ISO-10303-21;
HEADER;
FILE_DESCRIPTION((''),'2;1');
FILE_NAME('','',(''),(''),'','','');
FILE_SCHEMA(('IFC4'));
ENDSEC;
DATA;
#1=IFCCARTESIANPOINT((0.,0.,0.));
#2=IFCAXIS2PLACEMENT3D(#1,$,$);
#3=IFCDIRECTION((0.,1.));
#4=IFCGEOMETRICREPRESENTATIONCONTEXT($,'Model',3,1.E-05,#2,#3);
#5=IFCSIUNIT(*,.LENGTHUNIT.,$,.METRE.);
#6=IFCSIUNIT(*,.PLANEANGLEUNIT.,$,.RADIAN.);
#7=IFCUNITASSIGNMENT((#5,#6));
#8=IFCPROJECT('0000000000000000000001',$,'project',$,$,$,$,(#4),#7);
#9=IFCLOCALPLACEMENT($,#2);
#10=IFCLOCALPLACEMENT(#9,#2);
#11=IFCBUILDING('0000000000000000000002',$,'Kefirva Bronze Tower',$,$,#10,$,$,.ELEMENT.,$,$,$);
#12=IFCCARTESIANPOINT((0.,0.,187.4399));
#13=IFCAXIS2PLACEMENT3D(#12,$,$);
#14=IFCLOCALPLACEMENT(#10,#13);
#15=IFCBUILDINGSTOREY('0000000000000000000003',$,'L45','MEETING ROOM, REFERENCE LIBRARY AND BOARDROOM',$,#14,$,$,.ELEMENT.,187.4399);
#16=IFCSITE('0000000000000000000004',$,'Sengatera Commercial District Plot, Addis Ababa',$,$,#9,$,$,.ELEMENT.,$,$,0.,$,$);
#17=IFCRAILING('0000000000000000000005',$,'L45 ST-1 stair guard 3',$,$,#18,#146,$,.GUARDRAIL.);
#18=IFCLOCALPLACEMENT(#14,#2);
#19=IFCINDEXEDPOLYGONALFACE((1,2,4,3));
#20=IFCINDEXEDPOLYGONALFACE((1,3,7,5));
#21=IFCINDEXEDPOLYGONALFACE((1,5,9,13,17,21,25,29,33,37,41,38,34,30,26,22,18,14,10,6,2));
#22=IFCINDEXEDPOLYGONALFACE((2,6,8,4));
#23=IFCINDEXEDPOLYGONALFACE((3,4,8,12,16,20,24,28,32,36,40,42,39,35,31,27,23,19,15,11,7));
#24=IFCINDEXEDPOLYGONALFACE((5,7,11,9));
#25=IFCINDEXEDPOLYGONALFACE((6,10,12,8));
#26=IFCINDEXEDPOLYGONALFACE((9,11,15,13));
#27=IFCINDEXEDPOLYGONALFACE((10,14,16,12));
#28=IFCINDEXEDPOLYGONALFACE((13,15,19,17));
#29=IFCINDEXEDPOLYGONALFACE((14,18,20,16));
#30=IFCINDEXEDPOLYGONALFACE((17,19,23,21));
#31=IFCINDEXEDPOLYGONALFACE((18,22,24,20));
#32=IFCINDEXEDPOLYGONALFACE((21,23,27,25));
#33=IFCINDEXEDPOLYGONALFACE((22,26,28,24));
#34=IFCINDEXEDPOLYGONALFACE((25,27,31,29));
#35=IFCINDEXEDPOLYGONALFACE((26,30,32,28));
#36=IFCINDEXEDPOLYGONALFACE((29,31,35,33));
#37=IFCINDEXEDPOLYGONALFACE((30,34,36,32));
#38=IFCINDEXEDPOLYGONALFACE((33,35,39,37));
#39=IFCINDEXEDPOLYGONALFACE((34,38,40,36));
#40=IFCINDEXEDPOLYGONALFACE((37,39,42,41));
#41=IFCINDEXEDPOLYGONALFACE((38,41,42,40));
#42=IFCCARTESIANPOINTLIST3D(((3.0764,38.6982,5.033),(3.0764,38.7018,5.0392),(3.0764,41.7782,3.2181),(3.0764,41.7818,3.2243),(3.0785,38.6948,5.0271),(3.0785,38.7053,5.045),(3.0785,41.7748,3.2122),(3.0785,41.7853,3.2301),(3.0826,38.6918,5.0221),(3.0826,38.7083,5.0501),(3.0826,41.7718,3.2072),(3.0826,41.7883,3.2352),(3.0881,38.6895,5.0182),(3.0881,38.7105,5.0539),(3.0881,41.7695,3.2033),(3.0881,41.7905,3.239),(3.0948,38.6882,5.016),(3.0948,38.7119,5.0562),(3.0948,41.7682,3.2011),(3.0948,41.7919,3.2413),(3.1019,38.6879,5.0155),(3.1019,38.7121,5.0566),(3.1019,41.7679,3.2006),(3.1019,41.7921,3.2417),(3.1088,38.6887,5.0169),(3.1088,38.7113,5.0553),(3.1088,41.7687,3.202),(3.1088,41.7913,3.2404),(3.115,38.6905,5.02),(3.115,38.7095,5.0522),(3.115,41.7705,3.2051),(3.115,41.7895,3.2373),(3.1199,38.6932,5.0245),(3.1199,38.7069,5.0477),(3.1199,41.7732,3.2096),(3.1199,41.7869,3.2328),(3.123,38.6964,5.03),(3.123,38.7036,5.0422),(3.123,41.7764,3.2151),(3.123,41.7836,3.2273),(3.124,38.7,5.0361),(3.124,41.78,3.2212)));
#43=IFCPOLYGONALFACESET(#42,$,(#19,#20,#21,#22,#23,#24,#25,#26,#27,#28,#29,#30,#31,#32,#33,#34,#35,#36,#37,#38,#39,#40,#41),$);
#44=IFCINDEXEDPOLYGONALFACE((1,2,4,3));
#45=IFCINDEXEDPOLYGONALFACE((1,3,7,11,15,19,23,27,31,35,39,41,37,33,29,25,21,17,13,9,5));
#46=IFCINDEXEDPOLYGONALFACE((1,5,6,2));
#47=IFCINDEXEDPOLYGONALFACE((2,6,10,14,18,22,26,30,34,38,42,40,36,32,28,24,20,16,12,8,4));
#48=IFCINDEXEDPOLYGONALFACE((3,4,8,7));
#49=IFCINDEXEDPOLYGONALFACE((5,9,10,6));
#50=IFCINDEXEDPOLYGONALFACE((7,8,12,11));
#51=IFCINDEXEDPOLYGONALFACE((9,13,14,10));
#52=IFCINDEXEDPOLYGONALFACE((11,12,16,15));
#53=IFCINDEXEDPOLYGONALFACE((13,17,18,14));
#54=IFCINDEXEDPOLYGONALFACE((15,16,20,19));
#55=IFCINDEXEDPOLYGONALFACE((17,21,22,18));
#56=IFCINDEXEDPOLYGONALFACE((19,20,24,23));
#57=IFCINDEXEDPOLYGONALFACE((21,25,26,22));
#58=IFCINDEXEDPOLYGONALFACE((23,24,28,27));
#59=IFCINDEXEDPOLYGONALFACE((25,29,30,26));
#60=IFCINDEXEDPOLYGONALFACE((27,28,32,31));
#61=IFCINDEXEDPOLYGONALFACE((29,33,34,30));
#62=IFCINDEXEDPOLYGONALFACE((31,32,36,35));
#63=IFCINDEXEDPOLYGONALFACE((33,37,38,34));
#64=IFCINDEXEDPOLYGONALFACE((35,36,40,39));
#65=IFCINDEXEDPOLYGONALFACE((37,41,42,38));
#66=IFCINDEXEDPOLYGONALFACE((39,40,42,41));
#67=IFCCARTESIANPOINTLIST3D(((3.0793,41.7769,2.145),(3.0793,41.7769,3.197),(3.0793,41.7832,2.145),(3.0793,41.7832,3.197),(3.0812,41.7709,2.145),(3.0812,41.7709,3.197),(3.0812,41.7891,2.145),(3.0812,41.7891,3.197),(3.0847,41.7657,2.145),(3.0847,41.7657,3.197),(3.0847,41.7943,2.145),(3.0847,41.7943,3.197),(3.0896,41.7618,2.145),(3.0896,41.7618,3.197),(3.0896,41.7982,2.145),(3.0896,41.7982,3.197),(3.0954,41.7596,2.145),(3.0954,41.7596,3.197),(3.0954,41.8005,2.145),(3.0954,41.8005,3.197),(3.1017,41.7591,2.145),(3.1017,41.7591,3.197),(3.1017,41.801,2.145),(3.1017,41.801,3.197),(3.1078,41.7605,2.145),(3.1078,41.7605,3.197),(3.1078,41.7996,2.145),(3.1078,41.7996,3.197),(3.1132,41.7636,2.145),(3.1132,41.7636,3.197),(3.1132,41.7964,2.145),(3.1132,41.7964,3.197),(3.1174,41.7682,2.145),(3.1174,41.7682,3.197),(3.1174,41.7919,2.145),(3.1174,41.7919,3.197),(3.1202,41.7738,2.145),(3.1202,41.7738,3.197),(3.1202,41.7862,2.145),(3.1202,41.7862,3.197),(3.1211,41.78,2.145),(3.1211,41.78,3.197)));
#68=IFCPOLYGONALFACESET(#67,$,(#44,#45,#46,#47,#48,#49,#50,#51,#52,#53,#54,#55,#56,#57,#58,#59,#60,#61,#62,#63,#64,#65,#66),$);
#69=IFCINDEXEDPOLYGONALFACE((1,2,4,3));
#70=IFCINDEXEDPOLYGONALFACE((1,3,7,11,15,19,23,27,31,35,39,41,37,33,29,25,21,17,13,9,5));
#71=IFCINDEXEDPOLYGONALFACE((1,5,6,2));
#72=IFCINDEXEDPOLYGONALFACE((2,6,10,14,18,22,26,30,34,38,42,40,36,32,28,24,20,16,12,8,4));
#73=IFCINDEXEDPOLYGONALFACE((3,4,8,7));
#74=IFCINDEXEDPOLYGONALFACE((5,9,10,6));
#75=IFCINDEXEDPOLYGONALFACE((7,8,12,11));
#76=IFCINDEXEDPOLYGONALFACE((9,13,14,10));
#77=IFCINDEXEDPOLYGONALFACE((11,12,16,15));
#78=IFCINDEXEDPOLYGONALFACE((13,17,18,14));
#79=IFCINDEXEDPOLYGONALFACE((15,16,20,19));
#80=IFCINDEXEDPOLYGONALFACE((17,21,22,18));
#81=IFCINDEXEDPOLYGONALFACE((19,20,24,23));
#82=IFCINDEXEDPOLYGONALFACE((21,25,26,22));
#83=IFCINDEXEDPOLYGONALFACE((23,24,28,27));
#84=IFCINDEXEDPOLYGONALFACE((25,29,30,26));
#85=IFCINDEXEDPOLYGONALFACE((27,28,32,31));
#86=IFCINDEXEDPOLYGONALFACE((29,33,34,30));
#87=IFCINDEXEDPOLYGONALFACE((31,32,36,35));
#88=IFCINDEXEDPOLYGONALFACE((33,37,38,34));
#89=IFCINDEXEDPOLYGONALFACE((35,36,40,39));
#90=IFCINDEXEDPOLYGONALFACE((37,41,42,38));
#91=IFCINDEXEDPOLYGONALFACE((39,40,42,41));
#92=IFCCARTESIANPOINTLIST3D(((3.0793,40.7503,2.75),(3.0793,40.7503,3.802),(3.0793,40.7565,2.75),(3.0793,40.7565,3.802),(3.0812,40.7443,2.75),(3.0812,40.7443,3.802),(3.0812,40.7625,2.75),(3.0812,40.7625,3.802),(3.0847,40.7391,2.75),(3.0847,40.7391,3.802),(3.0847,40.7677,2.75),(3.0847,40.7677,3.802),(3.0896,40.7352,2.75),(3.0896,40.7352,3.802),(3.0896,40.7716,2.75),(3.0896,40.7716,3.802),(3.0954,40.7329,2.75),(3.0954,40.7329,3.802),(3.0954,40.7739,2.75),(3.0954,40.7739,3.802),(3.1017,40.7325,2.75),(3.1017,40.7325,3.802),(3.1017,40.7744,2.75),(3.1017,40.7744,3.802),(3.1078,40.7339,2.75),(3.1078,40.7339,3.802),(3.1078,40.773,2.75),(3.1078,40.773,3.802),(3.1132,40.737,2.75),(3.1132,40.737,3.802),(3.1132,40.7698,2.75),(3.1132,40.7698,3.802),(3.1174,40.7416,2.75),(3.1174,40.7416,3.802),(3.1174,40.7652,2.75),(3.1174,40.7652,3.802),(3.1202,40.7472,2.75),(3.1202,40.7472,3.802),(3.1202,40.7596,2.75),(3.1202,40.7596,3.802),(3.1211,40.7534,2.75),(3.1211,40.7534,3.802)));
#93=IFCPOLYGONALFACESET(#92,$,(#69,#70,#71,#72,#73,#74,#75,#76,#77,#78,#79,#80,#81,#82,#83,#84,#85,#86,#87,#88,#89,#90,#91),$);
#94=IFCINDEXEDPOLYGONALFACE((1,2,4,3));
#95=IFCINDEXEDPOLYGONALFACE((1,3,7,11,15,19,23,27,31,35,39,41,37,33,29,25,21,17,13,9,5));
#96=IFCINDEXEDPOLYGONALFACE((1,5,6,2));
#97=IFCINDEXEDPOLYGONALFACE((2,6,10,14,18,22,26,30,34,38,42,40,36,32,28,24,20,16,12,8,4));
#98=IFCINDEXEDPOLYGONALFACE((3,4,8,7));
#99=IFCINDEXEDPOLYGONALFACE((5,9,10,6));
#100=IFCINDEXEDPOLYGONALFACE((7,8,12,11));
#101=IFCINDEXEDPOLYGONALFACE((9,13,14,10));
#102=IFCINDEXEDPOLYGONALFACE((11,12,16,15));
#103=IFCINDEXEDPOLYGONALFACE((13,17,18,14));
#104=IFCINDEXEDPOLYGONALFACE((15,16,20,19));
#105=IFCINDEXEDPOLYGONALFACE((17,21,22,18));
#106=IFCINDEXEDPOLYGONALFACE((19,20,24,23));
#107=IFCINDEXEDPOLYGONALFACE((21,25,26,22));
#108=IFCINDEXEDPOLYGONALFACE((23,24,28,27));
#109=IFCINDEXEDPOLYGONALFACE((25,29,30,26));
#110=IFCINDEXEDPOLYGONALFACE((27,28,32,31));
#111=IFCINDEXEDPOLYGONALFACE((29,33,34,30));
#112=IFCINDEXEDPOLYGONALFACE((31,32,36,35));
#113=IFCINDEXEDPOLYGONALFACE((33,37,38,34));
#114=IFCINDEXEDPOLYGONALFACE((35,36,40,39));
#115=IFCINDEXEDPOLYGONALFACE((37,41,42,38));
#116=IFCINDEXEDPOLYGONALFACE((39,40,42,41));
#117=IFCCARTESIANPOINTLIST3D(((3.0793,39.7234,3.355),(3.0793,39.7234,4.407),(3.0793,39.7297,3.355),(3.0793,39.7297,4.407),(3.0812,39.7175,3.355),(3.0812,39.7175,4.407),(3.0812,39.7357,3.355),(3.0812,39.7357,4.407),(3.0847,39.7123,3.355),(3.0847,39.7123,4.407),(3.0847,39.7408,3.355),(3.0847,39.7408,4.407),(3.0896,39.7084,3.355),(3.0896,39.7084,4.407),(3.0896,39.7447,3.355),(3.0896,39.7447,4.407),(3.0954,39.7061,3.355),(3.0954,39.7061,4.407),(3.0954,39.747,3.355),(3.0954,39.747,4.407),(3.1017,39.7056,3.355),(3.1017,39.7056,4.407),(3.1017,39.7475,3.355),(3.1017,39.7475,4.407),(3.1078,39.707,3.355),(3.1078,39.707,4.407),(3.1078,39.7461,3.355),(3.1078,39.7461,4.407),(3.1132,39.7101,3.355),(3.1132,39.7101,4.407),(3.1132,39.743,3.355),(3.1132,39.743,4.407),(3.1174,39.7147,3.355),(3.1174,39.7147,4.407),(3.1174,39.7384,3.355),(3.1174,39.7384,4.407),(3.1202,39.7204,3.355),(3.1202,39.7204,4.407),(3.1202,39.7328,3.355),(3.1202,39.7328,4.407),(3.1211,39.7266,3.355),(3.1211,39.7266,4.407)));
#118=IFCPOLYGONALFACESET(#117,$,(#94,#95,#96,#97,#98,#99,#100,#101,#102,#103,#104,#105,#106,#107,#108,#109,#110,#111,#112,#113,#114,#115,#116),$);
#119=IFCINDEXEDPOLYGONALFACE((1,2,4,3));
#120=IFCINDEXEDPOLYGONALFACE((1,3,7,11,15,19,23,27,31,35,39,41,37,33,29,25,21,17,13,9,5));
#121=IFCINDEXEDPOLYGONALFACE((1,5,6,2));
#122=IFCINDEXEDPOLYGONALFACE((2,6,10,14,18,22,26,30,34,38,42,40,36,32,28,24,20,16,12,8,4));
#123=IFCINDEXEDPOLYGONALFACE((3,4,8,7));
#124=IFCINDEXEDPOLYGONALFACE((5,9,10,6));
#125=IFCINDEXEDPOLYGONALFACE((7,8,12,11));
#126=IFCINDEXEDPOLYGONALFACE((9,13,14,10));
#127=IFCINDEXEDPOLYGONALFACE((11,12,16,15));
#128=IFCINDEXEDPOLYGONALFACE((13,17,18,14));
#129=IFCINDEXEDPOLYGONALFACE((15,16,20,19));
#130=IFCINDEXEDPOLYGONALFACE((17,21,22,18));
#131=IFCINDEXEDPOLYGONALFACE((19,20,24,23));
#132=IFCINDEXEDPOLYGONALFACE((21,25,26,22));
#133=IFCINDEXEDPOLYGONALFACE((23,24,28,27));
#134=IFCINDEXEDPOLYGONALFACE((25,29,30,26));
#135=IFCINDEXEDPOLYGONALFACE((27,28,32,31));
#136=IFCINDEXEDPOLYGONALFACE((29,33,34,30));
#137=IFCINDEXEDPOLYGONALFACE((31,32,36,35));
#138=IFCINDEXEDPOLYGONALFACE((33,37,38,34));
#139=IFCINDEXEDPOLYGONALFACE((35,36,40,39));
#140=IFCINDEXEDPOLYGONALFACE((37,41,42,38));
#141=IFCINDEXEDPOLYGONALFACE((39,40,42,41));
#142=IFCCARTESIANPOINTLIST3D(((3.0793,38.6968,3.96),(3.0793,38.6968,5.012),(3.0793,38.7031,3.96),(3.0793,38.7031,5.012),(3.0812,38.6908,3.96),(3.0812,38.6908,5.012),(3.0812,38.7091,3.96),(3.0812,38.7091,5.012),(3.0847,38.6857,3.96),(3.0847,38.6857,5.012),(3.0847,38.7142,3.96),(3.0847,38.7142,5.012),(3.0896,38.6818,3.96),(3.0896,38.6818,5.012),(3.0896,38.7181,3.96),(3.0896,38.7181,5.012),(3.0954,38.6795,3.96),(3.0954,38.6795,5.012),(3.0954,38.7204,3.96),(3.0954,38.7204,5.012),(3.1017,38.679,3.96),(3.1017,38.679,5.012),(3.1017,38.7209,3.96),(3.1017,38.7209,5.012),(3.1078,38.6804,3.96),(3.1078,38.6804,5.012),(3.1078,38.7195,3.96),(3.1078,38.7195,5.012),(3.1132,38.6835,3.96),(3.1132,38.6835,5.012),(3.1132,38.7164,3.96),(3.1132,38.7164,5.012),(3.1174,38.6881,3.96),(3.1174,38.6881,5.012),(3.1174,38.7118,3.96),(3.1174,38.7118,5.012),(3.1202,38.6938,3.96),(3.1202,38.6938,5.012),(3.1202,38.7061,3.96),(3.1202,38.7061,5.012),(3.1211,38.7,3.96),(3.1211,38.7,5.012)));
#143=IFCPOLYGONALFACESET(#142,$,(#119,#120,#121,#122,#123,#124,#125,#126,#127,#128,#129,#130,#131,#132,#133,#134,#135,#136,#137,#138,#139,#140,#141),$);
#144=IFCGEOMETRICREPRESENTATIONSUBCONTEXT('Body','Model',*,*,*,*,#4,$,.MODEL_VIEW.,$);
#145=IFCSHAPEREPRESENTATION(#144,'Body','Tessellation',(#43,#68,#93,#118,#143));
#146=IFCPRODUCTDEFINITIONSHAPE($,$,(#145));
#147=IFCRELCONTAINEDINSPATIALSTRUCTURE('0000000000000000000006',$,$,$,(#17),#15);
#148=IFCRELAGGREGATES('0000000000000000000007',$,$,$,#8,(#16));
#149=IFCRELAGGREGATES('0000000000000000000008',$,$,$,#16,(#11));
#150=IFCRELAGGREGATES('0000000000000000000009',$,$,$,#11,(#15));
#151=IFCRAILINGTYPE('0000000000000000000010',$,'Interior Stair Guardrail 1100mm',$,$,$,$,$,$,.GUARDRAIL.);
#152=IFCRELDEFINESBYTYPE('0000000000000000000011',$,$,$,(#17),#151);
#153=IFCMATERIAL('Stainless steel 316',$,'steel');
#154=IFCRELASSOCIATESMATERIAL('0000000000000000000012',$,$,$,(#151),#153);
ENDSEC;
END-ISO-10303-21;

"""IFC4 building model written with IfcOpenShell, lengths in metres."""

from ifc_helpers import new_model, si_unit, direction, frame, origin, origin_2d, place, context, subcontext, project, spatial, circle, extrude, material, type_object, element, save


model = new_model("IFC4")

# Units and contexts
model_context = context("Model", 3, precision=1e-05, world=origin(), true_north=direction((0.0, 1.0)))
body_context = subcontext(model_context, "Body", "Model", "MODEL_VIEW")
ifc_project = project(units=[si_unit("LENGTHUNIT", "METRE"), si_unit("PLANEANGLEUNIT", "RADIAN")], contexts=[model_context])

# Site, building, storey
site_placement = place(None, origin())
site = spatial("IfcSite", under=ifc_project, at=site_placement, Name="Sengatera Commercial District Plot, Addis Ababa", CompositionType="ELEMENT", RefElevation=0.0)
building_placement = place(site_placement, origin())
building = spatial("IfcBuilding", under=site, at=building_placement, Name="Kefirva Bronze Tower", CompositionType="ELEMENT")
storey_placement = place(building_placement, frame((0.0, 0.0, 187.4399)))
storey = spatial("IfcBuildingStorey", under=building, at=storey_placement, Name="L45", Description="MEETING ROOM, REFERENCE LIBRARY AND BOARDROOM", CompositionType="ELEMENT", Elevation=187.4399)

# Railing
ifc_material_1 = material(Name="Stainless steel 316", Category="steel")
railing_type_1 = type_object("IfcRailingType", Name="Interior Stair Guardrail 1100mm", PredefinedType="GUARDRAIL", material=ifc_material_1)
railing_1_placement = place(storey_placement, frame((3.1001, 41.78, 2.145)))
element("IfcRailing", 1, at=railing_1_placement, inside=storey, type_object=railing_type_1, Name="L45 ST-1 stair guard 3", PredefinedType="GUARDRAIL", context=body_context, shape_type="SweptSolid", body=[
    extrude(circle(Radius=0.0239, at=origin_2d()), frame((0.0, 0.0, 1.0762), z_axis=(0.0, -0.861551, 0.507671), x_axis=(1.0, 0.0, 0.0)), (0.0, 0.0, 1.0), 3.575),
    extrude(circle(Radius=0.021, at=origin_2d()), origin(), (0.0, 0.0, 1.0), 1.052),
    extrude(circle(Radius=0.021, at=origin_2d()), frame((0.0, -1.0266, 0.605)), (0.0, 0.0, 1.0), 1.052),
    extrude(circle(Radius=0.021, at=origin_2d()), frame((0.0, -2.0535, 1.21)), (0.0, 0.0, 1.0), 1.052),
    extrude(circle(Radius=0.021, at=origin_2d()), frame((0.0, -3.0801, 1.8149)), (0.0, 0.0, 1.0), 1.052),
])

save(model, "model.ifc")
